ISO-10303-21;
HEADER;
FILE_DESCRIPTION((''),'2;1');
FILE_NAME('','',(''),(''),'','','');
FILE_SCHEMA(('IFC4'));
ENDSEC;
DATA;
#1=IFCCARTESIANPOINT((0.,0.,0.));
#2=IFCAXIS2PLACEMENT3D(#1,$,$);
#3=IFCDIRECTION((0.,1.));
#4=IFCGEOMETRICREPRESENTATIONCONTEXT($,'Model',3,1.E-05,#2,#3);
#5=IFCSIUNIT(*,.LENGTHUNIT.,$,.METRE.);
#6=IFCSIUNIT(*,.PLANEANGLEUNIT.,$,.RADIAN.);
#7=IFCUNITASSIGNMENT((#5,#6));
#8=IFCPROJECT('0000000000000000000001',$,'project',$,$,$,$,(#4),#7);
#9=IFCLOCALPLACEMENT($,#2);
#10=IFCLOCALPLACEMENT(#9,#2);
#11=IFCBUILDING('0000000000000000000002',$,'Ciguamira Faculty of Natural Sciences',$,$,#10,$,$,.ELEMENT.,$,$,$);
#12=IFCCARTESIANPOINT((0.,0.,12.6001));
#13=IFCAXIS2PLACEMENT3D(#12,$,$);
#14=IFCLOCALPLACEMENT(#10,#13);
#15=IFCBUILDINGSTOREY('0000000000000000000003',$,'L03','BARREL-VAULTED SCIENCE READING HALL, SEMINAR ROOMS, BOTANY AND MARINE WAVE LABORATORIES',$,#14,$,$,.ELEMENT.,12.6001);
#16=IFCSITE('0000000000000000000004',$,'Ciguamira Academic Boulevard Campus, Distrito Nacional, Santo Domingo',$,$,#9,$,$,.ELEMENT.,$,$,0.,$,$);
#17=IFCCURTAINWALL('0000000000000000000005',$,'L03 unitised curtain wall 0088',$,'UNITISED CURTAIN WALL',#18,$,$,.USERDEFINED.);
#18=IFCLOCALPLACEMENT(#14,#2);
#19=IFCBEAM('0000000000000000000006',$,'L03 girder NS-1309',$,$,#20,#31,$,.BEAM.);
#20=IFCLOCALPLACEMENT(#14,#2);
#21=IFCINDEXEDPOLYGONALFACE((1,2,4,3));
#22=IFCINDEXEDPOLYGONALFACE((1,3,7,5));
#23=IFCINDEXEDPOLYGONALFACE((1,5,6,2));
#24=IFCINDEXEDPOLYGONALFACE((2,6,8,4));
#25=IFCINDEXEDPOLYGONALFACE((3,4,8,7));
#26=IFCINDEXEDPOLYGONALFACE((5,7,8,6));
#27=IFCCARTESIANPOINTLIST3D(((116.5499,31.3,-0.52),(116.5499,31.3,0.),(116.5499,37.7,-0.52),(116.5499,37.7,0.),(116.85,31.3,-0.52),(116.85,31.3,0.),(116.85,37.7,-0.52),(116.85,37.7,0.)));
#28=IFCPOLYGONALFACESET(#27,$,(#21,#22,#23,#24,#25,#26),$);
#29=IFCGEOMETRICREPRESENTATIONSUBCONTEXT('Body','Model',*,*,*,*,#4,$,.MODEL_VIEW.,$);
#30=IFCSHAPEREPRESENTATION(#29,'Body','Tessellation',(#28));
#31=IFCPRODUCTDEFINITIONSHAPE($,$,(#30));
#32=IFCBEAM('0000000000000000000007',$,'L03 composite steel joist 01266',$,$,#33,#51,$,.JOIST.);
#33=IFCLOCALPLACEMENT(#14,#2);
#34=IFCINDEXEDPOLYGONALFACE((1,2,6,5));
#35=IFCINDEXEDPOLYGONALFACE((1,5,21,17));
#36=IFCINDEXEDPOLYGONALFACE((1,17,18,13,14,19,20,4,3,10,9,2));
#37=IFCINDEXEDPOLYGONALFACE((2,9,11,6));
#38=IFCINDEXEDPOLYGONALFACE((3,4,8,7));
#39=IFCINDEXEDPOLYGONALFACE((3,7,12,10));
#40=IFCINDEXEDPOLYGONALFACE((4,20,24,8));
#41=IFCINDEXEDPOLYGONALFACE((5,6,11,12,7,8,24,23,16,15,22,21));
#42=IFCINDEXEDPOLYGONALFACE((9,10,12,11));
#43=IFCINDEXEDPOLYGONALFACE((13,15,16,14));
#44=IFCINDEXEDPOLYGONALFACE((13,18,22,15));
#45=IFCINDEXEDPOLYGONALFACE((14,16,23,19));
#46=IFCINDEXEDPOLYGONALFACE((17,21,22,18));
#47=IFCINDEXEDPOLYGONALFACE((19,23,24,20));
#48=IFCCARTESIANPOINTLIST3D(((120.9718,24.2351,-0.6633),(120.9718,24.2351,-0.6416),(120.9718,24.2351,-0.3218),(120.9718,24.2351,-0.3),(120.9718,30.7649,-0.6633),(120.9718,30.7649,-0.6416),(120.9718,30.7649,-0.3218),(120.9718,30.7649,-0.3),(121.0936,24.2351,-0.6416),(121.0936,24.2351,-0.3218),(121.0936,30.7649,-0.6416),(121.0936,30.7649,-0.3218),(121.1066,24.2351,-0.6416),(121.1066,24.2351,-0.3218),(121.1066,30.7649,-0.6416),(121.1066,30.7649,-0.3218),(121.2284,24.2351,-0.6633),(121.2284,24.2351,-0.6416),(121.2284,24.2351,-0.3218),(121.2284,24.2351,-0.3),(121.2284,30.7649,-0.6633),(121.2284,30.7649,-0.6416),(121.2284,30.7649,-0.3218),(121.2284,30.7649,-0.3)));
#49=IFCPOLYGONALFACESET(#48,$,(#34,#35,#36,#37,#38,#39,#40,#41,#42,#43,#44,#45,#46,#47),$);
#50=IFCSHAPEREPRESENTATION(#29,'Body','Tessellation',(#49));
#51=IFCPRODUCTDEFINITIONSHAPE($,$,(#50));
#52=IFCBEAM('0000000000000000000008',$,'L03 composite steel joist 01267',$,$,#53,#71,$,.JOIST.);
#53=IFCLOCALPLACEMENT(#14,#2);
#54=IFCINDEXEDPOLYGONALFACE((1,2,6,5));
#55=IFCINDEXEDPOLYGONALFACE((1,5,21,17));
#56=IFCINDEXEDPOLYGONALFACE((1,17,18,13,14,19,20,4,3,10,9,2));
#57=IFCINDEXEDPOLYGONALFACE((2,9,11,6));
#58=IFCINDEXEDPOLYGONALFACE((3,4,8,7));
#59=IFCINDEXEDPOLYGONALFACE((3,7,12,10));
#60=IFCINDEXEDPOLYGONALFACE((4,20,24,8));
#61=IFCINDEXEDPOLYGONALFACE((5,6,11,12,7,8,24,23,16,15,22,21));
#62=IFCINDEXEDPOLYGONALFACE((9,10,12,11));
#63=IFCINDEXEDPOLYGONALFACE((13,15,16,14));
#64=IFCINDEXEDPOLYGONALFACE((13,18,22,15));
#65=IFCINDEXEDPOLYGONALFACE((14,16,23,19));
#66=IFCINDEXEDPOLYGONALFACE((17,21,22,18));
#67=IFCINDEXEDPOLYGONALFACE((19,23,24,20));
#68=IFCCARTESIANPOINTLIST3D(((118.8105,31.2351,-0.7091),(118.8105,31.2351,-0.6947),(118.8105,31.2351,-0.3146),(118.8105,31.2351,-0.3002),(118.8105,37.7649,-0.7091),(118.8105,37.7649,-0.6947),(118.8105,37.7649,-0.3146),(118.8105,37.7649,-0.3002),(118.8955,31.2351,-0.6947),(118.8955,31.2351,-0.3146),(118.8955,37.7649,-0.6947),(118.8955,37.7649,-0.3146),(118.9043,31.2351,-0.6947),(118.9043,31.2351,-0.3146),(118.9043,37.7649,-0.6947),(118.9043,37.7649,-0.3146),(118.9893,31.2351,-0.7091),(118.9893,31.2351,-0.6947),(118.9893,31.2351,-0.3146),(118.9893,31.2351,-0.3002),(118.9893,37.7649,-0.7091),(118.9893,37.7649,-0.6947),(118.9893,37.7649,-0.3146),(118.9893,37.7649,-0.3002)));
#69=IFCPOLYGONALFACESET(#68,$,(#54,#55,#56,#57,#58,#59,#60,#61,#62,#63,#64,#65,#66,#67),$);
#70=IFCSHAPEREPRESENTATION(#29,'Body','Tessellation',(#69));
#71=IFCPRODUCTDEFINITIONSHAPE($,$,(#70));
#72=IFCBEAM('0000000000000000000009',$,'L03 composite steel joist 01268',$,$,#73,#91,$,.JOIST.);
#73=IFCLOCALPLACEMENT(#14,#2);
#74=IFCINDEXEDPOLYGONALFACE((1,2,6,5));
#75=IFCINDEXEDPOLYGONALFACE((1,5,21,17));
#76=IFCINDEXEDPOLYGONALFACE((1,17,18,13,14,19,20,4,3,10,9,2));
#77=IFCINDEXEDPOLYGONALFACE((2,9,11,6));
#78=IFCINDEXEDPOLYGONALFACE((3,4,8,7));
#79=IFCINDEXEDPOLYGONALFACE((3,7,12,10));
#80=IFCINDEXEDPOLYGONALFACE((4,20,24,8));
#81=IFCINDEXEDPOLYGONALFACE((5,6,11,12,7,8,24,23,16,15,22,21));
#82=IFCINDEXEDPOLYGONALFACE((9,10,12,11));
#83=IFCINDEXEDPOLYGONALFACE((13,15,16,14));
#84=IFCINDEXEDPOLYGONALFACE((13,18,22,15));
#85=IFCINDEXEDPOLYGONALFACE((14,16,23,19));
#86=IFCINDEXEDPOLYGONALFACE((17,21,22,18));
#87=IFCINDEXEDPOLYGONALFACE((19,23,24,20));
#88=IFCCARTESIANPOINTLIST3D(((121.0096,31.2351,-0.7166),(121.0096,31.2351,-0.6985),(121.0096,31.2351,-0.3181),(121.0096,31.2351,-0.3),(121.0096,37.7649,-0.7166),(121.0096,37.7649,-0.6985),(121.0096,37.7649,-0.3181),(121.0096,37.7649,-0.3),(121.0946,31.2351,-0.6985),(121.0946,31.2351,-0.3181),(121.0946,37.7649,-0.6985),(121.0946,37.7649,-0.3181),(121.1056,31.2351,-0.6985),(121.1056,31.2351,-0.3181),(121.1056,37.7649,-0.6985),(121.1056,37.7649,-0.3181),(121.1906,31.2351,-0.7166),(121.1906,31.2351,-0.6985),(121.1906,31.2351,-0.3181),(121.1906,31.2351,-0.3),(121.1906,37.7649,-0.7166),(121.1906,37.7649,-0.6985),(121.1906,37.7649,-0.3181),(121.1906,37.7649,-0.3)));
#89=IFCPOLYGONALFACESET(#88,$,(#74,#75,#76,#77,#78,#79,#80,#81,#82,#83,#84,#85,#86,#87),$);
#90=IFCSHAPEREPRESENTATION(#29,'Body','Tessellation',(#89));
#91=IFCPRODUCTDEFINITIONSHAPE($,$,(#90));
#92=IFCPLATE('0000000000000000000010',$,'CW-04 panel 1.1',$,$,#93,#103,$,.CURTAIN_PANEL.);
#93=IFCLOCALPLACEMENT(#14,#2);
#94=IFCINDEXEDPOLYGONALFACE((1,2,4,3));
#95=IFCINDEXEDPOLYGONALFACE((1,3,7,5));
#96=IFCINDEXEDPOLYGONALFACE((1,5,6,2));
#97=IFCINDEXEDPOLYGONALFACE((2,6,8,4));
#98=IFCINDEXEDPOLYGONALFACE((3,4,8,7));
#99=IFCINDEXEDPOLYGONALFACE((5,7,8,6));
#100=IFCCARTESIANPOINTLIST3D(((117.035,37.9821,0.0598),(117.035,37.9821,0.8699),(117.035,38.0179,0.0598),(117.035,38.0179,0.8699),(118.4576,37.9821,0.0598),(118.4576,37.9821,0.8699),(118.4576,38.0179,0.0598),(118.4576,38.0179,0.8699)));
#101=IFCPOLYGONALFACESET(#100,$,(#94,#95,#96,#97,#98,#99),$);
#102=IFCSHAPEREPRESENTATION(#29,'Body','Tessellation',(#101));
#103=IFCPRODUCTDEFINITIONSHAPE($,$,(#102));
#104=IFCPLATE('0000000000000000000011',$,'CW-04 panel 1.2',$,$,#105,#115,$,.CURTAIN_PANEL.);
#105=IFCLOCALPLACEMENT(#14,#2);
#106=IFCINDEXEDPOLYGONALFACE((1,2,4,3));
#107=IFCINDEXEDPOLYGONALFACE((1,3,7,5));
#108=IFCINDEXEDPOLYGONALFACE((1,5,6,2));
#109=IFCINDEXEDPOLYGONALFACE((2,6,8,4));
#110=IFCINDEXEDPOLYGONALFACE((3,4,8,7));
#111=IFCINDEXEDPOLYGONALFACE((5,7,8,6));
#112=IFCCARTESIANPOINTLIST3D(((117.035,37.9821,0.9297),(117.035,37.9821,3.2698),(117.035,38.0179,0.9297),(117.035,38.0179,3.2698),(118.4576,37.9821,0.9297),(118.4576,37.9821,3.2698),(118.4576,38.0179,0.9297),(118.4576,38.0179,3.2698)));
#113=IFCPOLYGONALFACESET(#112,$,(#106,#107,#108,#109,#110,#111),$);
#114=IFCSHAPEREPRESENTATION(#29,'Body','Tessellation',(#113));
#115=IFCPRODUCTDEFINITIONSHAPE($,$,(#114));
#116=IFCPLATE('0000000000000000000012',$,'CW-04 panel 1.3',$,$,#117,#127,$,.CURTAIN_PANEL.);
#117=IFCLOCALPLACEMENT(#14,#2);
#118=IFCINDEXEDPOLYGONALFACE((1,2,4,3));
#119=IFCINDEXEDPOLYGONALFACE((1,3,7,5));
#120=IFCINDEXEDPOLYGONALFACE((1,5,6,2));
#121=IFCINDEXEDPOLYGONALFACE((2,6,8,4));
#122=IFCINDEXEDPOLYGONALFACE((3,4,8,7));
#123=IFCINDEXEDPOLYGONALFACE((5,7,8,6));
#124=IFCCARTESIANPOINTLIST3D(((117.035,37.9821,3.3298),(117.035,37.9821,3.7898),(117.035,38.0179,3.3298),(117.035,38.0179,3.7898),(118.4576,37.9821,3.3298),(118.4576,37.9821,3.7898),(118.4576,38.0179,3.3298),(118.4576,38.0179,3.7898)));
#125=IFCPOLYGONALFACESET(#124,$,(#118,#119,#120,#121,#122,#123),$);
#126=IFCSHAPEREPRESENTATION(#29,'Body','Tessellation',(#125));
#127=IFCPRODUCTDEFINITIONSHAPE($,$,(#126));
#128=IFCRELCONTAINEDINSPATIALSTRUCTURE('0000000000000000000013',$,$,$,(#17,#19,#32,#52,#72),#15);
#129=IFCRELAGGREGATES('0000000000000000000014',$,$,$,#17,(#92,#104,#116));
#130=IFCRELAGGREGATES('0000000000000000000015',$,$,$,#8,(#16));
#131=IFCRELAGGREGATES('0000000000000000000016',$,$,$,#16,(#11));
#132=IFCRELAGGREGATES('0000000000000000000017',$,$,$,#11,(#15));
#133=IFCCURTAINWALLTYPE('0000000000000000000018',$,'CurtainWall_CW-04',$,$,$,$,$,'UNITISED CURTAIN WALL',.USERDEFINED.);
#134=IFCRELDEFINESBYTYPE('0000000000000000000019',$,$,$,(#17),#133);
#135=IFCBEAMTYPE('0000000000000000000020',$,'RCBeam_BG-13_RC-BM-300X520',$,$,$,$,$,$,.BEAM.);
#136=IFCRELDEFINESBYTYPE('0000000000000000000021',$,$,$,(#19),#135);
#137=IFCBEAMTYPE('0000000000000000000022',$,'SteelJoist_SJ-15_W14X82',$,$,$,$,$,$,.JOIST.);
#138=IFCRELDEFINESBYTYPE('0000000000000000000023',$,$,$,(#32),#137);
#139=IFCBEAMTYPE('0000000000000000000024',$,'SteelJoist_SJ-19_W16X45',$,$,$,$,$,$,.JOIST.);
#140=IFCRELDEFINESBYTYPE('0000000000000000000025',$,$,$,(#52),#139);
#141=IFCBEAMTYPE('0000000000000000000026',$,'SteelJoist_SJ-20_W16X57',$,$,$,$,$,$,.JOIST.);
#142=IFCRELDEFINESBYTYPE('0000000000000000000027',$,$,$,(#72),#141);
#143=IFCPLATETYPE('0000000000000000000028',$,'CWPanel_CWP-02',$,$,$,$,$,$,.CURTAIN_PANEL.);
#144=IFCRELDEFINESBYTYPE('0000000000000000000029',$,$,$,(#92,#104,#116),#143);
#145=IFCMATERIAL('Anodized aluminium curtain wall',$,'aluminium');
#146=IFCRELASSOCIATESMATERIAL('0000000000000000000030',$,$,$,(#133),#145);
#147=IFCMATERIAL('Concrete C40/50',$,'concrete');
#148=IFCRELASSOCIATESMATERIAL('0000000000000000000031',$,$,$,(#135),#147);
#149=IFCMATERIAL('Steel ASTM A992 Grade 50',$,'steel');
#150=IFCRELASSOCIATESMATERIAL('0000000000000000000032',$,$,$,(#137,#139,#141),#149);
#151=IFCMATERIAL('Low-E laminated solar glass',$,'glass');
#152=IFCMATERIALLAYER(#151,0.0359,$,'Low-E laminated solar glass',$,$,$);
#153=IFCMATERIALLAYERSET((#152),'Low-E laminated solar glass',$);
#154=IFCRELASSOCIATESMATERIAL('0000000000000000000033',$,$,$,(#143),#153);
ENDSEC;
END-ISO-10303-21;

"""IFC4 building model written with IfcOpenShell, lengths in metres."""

from ifc_helpers import new_model, si_unit, direction, frame, origin, origin_2d, place, context, subcontext, project, spatial, rectangle, i_section, extrude, material, layer, layer_set, material_profile, profile_set, type_object, element, aggregate, save


model = new_model("IFC4")

# Units and contexts
model_context = context("Model", 3, precision=1e-05, world=origin(), true_north=direction((0.0, 1.0)))
body_context = subcontext(model_context, "Body", "Model", "MODEL_VIEW")
ifc_project = project(units=[si_unit("LENGTHUNIT", "METRE"), si_unit("PLANEANGLEUNIT", "RADIAN")], contexts=[model_context])

# Site, building, storey
site_placement = place(None, origin())
site = spatial("IfcSite", under=ifc_project, at=site_placement, Name="Ciguamira Academic Boulevard Campus, Distrito Nacional, Santo Domingo", CompositionType="ELEMENT", RefElevation=0.0)
building_placement = place(site_placement, origin())
building = spatial("IfcBuilding", under=site, at=building_placement, Name="Ciguamira Faculty of Natural Sciences", CompositionType="ELEMENT")
storey_placement = place(building_placement, frame((0.0, 0.0, 12.6001)))
storey = spatial("IfcBuildingStorey", under=building, at=storey_placement, Name="L03", Description="BARREL-VAULTED SCIENCE READING HALL, SEMINAR ROOMS, BOTANY AND MARINE WAVE LABORATORIES", CompositionType="ELEMENT", Elevation=12.6001)

# Shared definitions
ifc_material_1 = material(Name="Concrete C40/50", Category="concrete")

# Curtain wall
ifc_material_2 = material(Name="Anodized aluminium curtain wall", Category="aluminium")
curtain_wall_type_1 = type_object("IfcCurtainWallType", Name="CurtainWall_CW-04", ElementType="UNITISED CURTAIN WALL", PredefinedType="USERDEFINED", material=ifc_material_2)
curtain_wall_1_placement = place(storey_placement, origin())
curtain_wall_1 = element("IfcCurtainWall", 1, at=curtain_wall_1_placement, inside=storey, type_object=curtain_wall_type_1, Name="L03 unitised curtain wall 0088", ObjectType="UNITISED CURTAIN WALL", PredefinedType="USERDEFINED")

# Beams
ifc_material_profile_1 = material_profile(ifc_material_1, rectangle(XDim=0.3, YDim=0.52, at=origin_2d()), Name="RC-BM-300X520")
ifc_profile_set_1 = profile_set([ifc_material_profile_1], Name="Concrete C40/50")
beam_type_1 = type_object("IfcBeamType", Name="RCBeam_BG-13_RC-BM-300X520", PredefinedType="BEAM", material=ifc_profile_set_1)
beam_1_placement = place(storey_placement, frame((116.7, 31.3, -0.26), z_axis=(0.0, 1.0, 0.0), x_axis=(-1.0, 0.0, 0.0)))
element("IfcBeam", 2, at=beam_1_placement, inside=storey, type_object=beam_type_1, Name="L03 girder NS-1309", PredefinedType="BEAM", context=body_context, shape_type="SweptSolid", body=[
    extrude(rectangle(XDim=0.3, YDim=0.52, at=origin_2d()), origin(), (0.0, 0.0, 1.0), 6.3999),
])
ifc_material_3 = material(Name="Steel ASTM A992 Grade 50", Category="steel")
ifc_material_profile_2 = material_profile(ifc_material_3, i_section(OverallWidth=0.2566, OverallDepth=0.3633, WebThickness=0.0129, FlangeThickness=0.0217, at=origin_2d()), Name="W14X82")
ifc_profile_set_2 = profile_set([ifc_material_profile_2], Name="Steel ASTM A992 Grade 50")
beam_type_2 = type_object("IfcBeamType", Name="SteelJoist_SJ-15_W14X82", PredefinedType="JOIST", material=ifc_profile_set_2)
beam_2_placement = place(storey_placement, frame((121.1001, 24.2351, -0.4817), z_axis=(0.0, 1.0, 0.0), x_axis=(-1.0, 0.0, 0.0)))
element("IfcBeam", 3, at=beam_2_placement, inside=storey, type_object=beam_type_2, Name="L03 composite steel joist 01266", PredefinedType="JOIST", context=body_context, shape_type="SweptSolid", body=[
    extrude(i_section(OverallWidth=0.2566, OverallDepth=0.3633, WebThickness=0.0129, FlangeThickness=0.0217, at=origin_2d()), origin(), (0.0, 0.0, 1.0), 6.5298),
])
ifc_material_profile_3 = material_profile(ifc_material_3, i_section(OverallWidth=0.1787, OverallDepth=0.4089, WebThickness=0.0088, FlangeThickness=0.0144, at=origin_2d()), Name="W16X45")
ifc_profile_set_3 = profile_set([ifc_material_profile_3], Name="Steel ASTM A992 Grade 50")
beam_type_3 = type_object("IfcBeamType", Name="SteelJoist_SJ-19_W16X45", PredefinedType="JOIST", material=ifc_profile_set_3)
beam_3_placement = place(storey_placement, frame((118.8999, 31.2351, -0.5046), z_axis=(0.0, 1.0, 0.0), x_axis=(-1.0, 0.0, 0.0)))
element("IfcBeam", 4, at=beam_3_placement, inside=storey, type_object=beam_type_3, Name="L03 composite steel joist 01267", PredefinedType="JOIST", context=body_context, shape_type="SweptSolid", body=[
    extrude(i_section(OverallWidth=0.1787, OverallDepth=0.4089, WebThickness=0.0088, FlangeThickness=0.0144, at=origin_2d()), origin(), (0.0, 0.0, 1.0), 6.5298),
])
ifc_material_profile_4 = material_profile(ifc_material_3, i_section(OverallWidth=0.1809, OverallDepth=0.4165, WebThickness=0.011, FlangeThickness=0.0181, at=origin_2d()), Name="W16X57")
ifc_profile_set_4 = profile_set([ifc_material_profile_4], Name="Steel ASTM A992 Grade 50")
beam_type_4 = type_object("IfcBeamType", Name="SteelJoist_SJ-20_W16X57", PredefinedType="JOIST", material=ifc_profile_set_4)
beam_4_placement = place(storey_placement, frame((121.1001, 31.2351, -0.5083), z_axis=(0.0, 1.0, 0.0), x_axis=(-1.0, 0.0, 0.0)))
element("IfcBeam", 5, at=beam_4_placement, inside=storey, type_object=beam_type_4, Name="L03 composite steel joist 01268", PredefinedType="JOIST", context=body_context, shape_type="SweptSolid", body=[
    extrude(i_section(OverallWidth=0.1809, OverallDepth=0.4165, WebThickness=0.011, FlangeThickness=0.0181, at=origin_2d()), origin(), (0.0, 0.0, 1.0), 6.5298),
])

# Plates
ifc_material_4 = material(Name="Low-E laminated solar glass", Category="glass")
ifc_layer = layer(ifc_material_4, 0.0359, Name="Low-E laminated solar glass")
ifc_layer_set = layer_set([ifc_layer], Name="Low-E laminated solar glass")
plate_type = type_object("IfcPlateType", Name="CWPanel_CWP-02", PredefinedType="CURTAIN_PANEL", material=ifc_layer_set)
plate_1_placement = place(storey_placement, frame((117.7463, 38.0, 0.0598), z_axis=(0.0, 0.0, 1.0), x_axis=(1.0, 0.0, 0.0)))
plate_1 = element("IfcPlate", 6, at=plate_1_placement, type_object=plate_type, Name="CW-04 panel 1.1", PredefinedType="CURTAIN_PANEL", context=body_context, shape_type="SweptSolid", body=[
    extrude(rectangle(XDim=1.4226, YDim=0.0359, at=origin_2d()), origin(), (0.0, 0.0, 1.0), 0.8101),
])
plate_2_placement = place(storey_placement, frame((117.7463, 38.0, 0.9297), z_axis=(0.0, 0.0, 1.0), x_axis=(1.0, 0.0, 0.0)))
plate_2 = element("IfcPlate", 7, at=plate_2_placement, type_object=plate_type, Name="CW-04 panel 1.2", PredefinedType="CURTAIN_PANEL", context=body_context, shape_type="SweptSolid", body=[
    extrude(rectangle(XDim=1.4226, YDim=0.0359, at=origin_2d()), origin(), (0.0, 0.0, 1.0), 2.3401),
])
plate_3_placement = place(storey_placement, frame((117.7463, 38.0, 3.3298), z_axis=(0.0, 0.0, 1.0), x_axis=(1.0, 0.0, 0.0)))
plate_3 = element("IfcPlate", 8, at=plate_3_placement, type_object=plate_type, Name="CW-04 panel 1.3", PredefinedType="CURTAIN_PANEL", context=body_context, shape_type="SweptSolid", body=[
    extrude(rectangle(XDim=1.4226, YDim=0.0359, at=origin_2d()), origin(), (0.0, 0.0, 1.0), 0.46),
])
aggregate(curtain_wall_1, [plate_1, plate_2, plate_3])

save(model, "model.ifc")
